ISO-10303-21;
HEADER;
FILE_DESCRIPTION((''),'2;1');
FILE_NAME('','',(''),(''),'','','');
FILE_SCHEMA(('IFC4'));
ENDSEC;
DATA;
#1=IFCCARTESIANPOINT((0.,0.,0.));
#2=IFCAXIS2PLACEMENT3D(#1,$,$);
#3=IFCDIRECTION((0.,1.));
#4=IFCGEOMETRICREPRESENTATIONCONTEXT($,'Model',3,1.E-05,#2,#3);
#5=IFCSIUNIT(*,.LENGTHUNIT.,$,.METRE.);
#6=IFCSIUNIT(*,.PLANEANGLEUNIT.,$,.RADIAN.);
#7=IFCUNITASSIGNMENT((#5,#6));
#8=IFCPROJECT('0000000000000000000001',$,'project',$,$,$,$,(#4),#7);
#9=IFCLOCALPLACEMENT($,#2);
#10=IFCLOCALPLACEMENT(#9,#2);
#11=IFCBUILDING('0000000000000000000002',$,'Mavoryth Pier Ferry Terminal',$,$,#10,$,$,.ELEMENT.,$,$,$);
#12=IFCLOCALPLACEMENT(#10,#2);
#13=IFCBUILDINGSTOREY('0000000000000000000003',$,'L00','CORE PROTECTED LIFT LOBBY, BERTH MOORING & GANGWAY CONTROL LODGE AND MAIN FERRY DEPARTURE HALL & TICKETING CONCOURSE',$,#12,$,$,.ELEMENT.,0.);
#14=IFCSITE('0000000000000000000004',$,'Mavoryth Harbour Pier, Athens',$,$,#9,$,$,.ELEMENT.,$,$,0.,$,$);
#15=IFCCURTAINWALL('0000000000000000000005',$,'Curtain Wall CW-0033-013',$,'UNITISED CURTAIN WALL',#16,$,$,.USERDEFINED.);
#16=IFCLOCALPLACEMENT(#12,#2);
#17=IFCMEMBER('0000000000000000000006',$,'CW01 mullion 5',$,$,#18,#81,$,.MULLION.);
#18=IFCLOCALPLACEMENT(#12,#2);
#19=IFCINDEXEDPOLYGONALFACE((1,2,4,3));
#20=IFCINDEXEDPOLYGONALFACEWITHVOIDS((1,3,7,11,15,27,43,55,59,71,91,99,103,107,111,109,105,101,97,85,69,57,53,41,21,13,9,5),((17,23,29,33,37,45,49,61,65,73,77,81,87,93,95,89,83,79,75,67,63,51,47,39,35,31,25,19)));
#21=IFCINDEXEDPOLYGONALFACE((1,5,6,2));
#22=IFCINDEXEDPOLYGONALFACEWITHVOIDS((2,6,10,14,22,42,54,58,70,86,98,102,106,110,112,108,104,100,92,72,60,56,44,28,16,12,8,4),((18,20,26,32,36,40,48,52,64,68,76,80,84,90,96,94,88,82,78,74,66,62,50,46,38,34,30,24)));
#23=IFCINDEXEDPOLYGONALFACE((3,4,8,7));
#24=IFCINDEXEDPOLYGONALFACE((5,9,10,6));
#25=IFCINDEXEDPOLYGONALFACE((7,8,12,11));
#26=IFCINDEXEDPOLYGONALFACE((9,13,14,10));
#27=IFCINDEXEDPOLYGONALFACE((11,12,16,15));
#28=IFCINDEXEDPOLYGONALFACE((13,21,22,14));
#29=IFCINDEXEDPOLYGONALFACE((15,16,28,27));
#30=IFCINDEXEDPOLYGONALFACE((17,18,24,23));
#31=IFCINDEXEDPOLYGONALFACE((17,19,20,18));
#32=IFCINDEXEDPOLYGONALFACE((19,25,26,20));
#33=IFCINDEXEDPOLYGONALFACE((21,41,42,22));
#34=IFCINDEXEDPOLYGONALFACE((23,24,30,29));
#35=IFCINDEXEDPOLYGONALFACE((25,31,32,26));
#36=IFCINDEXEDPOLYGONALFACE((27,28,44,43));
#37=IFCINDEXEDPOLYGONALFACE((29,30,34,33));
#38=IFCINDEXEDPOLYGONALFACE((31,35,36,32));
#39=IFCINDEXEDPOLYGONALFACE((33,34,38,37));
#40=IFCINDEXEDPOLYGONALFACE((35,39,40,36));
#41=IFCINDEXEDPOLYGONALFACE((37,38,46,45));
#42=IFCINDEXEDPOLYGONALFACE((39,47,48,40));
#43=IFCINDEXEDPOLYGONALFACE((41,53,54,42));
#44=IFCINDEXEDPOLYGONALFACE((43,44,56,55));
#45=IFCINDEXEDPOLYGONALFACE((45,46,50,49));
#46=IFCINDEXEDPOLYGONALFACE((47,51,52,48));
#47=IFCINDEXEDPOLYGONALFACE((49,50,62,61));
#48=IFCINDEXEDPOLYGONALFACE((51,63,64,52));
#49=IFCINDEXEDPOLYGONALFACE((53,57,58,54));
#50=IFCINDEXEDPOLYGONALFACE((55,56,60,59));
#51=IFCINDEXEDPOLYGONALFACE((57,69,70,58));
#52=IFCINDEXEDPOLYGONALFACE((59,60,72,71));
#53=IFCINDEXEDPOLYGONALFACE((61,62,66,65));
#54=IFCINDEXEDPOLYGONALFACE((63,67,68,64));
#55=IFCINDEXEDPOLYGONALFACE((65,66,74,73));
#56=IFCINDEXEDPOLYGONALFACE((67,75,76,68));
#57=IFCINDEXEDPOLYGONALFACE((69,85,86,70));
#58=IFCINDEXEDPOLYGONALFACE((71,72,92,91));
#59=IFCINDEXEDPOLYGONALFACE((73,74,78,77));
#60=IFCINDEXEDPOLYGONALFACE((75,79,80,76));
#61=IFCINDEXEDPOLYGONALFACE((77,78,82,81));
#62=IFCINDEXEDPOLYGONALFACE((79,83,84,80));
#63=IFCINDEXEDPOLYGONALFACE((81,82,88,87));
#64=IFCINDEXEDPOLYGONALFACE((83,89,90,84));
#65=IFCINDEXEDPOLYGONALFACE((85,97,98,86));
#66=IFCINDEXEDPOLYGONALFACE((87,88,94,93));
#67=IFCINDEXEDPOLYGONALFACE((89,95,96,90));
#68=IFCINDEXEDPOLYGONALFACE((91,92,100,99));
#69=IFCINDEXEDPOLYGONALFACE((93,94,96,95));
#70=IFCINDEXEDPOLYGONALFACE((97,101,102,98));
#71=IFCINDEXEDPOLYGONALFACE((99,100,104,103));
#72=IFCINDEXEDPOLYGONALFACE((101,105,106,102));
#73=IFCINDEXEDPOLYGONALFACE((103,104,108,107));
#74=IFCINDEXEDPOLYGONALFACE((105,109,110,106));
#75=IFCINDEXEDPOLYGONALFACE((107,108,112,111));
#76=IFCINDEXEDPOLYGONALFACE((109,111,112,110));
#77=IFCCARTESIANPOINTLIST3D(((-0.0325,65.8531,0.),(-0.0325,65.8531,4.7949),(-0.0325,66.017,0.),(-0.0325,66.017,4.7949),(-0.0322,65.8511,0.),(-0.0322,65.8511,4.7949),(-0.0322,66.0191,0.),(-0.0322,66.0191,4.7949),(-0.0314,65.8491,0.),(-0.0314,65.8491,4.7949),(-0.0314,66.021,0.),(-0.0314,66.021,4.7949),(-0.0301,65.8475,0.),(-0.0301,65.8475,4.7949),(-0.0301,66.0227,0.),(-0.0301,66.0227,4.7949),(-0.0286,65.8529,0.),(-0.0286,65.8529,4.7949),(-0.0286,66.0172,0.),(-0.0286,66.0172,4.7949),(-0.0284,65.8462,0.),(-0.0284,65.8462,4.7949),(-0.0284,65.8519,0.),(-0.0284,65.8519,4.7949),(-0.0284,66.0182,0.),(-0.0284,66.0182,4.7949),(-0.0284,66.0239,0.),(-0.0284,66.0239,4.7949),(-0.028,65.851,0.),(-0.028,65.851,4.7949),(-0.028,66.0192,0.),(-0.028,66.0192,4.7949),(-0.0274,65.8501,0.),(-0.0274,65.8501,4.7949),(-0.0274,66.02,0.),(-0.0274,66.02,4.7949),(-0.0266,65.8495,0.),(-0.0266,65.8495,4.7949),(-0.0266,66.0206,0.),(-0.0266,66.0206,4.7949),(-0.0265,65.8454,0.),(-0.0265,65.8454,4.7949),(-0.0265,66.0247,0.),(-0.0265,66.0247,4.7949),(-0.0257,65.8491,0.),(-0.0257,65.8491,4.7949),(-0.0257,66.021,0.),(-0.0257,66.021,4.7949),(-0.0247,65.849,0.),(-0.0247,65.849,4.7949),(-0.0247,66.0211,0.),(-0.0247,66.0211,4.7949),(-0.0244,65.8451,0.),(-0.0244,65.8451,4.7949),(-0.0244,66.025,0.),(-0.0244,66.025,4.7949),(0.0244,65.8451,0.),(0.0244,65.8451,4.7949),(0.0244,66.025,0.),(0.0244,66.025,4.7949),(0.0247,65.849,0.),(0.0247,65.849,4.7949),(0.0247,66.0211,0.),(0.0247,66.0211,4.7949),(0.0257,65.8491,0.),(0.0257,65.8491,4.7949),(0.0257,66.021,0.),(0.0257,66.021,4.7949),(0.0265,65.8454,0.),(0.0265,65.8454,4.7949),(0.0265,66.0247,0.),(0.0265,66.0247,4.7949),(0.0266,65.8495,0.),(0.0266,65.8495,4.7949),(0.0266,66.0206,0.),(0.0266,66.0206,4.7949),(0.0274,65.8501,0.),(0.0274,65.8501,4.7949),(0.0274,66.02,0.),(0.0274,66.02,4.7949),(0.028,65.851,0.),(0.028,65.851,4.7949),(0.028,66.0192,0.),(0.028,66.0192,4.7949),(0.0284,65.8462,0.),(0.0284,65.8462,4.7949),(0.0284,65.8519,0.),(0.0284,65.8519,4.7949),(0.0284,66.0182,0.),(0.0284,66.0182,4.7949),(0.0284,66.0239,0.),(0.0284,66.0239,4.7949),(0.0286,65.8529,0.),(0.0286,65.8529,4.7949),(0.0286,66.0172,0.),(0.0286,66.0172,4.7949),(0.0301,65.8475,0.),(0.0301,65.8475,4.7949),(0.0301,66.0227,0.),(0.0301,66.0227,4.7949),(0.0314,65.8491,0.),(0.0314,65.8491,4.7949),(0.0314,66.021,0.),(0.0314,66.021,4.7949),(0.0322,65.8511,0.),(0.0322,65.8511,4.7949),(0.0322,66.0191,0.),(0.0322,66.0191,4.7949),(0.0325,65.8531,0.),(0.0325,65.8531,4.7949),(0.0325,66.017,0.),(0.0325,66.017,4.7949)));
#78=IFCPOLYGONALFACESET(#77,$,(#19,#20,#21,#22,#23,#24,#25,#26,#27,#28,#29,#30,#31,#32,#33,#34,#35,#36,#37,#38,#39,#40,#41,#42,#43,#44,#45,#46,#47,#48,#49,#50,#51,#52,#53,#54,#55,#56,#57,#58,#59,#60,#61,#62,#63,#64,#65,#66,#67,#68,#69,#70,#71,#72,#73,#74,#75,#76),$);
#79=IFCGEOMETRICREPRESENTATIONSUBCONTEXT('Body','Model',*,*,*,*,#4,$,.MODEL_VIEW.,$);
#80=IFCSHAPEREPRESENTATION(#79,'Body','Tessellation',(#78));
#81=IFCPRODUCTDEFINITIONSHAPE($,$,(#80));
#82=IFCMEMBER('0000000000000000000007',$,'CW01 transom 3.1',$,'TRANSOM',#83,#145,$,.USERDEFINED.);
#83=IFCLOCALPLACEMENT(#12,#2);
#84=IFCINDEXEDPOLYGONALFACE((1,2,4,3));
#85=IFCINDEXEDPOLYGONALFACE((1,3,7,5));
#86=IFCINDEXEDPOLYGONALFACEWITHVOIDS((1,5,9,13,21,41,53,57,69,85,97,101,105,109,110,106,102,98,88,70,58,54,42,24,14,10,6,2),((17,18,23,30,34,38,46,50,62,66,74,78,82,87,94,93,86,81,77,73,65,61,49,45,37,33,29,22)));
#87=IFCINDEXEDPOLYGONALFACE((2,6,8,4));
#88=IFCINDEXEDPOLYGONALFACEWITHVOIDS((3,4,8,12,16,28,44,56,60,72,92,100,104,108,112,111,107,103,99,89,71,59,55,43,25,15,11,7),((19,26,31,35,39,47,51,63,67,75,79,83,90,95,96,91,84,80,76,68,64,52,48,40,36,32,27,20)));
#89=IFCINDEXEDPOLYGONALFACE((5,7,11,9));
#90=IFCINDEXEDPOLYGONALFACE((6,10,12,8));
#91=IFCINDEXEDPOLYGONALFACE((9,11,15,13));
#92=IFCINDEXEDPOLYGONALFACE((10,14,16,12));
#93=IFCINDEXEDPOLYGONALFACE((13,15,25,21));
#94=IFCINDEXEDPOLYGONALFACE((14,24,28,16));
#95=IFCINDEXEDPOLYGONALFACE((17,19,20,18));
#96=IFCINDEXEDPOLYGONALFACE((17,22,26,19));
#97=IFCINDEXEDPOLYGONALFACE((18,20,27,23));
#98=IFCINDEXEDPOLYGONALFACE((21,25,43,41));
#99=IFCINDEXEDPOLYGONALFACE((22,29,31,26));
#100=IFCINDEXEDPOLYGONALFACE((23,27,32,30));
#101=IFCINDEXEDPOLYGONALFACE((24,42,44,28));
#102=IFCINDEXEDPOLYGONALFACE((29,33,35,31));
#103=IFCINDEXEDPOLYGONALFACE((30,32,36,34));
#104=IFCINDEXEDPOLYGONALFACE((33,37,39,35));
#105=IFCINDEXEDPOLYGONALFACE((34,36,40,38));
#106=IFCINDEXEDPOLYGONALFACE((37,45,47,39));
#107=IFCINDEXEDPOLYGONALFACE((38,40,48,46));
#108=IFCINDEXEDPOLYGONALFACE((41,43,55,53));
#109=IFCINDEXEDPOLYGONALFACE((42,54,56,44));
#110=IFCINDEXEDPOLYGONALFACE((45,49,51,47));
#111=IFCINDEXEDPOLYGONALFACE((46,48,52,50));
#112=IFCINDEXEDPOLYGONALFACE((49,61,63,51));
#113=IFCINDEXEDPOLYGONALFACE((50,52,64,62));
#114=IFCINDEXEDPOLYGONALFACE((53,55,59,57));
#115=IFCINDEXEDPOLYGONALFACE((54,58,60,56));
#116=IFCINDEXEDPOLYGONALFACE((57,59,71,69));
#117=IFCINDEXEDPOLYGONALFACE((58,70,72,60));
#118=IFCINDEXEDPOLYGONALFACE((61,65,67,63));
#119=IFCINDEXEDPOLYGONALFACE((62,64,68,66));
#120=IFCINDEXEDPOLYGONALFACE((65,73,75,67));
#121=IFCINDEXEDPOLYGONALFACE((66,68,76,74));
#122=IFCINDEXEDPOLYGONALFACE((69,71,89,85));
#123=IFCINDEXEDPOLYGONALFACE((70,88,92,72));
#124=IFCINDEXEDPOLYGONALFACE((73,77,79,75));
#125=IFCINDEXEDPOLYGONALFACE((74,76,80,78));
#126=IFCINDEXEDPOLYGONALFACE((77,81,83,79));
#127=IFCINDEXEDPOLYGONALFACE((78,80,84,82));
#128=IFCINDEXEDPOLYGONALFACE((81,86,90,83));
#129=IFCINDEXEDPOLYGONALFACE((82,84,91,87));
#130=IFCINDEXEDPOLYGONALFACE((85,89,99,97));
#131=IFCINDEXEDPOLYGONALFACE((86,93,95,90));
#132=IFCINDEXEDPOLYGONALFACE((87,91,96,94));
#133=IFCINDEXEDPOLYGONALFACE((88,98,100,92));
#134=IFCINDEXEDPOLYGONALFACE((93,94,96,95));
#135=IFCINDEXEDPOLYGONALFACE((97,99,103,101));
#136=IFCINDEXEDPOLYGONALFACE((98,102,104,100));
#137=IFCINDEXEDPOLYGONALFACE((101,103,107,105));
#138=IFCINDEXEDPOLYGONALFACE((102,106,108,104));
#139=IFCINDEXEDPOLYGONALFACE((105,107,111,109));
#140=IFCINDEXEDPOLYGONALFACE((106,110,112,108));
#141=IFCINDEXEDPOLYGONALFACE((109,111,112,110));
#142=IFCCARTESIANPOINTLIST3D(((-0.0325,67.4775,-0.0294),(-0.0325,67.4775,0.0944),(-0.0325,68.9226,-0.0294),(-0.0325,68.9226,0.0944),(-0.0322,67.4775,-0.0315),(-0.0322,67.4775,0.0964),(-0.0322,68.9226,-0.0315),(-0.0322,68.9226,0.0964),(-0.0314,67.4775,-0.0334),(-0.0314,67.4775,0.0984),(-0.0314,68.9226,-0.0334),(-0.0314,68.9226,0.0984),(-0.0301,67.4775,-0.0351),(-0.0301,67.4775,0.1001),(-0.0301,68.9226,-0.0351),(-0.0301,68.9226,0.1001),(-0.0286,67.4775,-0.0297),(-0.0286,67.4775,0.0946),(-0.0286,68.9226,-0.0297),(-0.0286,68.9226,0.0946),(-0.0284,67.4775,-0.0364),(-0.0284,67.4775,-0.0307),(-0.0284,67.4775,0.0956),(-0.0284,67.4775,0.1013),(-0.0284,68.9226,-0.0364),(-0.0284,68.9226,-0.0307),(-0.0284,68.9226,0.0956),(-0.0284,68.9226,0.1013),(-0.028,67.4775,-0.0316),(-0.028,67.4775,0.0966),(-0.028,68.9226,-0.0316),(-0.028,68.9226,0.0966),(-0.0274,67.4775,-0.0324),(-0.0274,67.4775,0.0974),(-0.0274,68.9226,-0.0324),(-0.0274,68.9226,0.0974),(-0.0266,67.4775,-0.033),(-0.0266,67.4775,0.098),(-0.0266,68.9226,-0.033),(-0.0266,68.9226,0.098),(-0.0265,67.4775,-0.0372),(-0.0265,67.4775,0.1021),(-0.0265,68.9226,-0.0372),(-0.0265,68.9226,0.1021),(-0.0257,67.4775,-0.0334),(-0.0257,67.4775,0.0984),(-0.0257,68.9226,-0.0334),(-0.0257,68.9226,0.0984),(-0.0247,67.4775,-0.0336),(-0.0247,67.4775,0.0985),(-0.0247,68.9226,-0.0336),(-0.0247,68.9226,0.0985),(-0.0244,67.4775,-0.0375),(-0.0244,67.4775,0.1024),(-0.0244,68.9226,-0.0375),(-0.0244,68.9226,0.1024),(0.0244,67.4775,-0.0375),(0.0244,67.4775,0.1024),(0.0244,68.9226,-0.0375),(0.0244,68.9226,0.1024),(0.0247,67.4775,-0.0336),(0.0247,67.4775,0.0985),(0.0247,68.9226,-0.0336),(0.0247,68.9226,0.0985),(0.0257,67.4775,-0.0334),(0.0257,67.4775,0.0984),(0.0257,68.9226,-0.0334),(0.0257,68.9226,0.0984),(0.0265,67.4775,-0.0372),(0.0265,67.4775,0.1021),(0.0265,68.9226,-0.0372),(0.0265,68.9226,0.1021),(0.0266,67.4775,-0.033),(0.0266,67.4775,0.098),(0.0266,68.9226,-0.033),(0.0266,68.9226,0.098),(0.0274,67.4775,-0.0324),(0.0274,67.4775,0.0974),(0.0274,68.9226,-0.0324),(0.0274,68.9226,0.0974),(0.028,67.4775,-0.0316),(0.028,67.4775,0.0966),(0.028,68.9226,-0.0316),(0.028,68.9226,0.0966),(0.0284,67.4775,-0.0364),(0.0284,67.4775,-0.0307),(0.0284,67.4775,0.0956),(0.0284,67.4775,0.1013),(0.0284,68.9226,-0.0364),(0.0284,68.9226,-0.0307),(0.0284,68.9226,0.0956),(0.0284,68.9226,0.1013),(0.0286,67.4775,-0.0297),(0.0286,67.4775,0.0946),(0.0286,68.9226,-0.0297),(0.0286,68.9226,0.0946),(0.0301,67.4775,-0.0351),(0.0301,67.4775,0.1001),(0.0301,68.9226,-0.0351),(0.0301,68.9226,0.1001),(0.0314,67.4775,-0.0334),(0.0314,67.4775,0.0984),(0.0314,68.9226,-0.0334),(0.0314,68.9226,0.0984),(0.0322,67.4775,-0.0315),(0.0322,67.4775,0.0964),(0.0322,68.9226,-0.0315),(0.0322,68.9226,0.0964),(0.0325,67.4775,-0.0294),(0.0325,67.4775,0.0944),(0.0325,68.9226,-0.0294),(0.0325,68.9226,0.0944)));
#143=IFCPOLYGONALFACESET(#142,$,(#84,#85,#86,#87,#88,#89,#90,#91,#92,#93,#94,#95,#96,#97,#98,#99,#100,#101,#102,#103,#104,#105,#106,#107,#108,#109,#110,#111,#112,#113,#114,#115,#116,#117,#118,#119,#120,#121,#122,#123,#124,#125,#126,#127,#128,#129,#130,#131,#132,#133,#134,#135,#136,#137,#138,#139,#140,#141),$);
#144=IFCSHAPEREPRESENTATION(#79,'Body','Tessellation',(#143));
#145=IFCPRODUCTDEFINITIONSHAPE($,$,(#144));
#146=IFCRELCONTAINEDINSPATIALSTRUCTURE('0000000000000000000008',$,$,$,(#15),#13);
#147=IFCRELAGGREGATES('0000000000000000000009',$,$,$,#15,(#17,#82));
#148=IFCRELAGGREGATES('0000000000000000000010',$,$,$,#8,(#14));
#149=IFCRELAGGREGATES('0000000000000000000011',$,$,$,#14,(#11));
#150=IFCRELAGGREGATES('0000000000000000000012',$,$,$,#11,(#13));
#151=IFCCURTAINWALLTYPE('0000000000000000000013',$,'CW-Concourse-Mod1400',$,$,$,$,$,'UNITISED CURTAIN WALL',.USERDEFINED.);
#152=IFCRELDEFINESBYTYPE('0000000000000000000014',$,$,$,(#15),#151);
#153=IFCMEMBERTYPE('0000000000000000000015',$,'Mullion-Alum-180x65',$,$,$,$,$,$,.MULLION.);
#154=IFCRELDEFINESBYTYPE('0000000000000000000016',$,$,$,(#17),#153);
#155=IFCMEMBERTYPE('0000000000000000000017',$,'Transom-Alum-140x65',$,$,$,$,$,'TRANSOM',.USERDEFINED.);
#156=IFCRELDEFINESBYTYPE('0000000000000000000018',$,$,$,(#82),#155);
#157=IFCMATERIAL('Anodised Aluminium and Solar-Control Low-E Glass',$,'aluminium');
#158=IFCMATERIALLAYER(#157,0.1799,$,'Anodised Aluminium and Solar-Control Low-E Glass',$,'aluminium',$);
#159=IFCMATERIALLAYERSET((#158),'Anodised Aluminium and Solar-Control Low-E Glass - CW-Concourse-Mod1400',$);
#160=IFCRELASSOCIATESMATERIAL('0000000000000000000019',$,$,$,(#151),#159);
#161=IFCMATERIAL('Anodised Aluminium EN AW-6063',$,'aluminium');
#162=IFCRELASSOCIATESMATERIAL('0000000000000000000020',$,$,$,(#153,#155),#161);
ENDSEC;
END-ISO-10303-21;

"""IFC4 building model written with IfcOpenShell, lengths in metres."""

from ifc_helpers import new_model, si_unit, direction, frame, origin, origin_2d, place, context, subcontext, project, spatial, hollow_rectangle, extrude, material, layer, layer_set, material_profile, profile_set, type_object, element, aggregate, save


model = new_model("IFC4")

# Units and contexts
model_context = context("Model", 3, precision=1e-05, world=origin(), true_north=direction((0.0, 1.0)))
body_context = subcontext(model_context, "Body", "Model", "MODEL_VIEW")
ifc_project = project(units=[si_unit("LENGTHUNIT", "METRE"), si_unit("PLANEANGLEUNIT", "RADIAN")], contexts=[model_context])

# Site, building, storey
site_placement = place(None, origin())
site = spatial("IfcSite", under=ifc_project, at=site_placement, Name="Mavoryth Harbour Pier, Athens", CompositionType="ELEMENT", RefElevation=0.0)
building_placement = place(site_placement, origin())
building = spatial("IfcBuilding", under=site, at=building_placement, Name="Mavoryth Pier Ferry Terminal", CompositionType="ELEMENT")
storey_placement = place(building_placement, origin())
storey = spatial("IfcBuildingStorey", under=building, at=storey_placement, Name="L00", Description="CORE PROTECTED LIFT LOBBY, BERTH MOORING & GANGWAY CONTROL LODGE AND MAIN FERRY DEPARTURE HALL & TICKETING CONCOURSE", CompositionType="ELEMENT", Elevation=0.0)

# Curtain wall, members
ifc_material_1 = material(Name="Anodised Aluminium and Solar-Control Low-E Glass", Category="aluminium")
ifc_layer_1 = layer(ifc_material_1, 0.1799, Name="Anodised Aluminium and Solar-Control Low-E Glass", Category="aluminium")
ifc_layer_set_1 = layer_set([ifc_layer_1], Name="Anodised Aluminium and Solar-Control Low-E Glass - CW-Concourse-Mod1400")
curtain_wall_type = type_object("IfcCurtainWallType", Name="CW-Concourse-Mod1400", ElementType="UNITISED CURTAIN WALL", PredefinedType="USERDEFINED", material=ifc_layer_set_1)
curtain_wall_placement = place(storey_placement, origin())
curtain_wall = element("IfcCurtainWall", 1, at=curtain_wall_placement, inside=storey, type_object=curtain_wall_type, Name="Curtain Wall CW-0033-013", ObjectType="UNITISED CURTAIN WALL", PredefinedType="USERDEFINED")
ifc_material_2 = material(Name="Anodised Aluminium EN AW-6063", Category="aluminium")
ifc_material_profile_1 = material_profile(ifc_material_2, hollow_rectangle(XDim=0.0649, YDim=0.1799, WallThickness=0.0039, InnerFilletRadius=0.0039, OuterFilletRadius=0.0081, at=origin_2d()), Name="AL-MULL 180x65x4", Category="aluminium")
ifc_profile_set_1 = profile_set([ifc_material_profile_1], Name="Anodised Aluminium EN AW-6063 - AL-MULL 180x65x4")
member_type_1 = type_object("IfcMemberType", Name="Mullion-Alum-180x65", PredefinedType="MULLION", material=ifc_profile_set_1)
member_1_placement = place(storey_placement, frame((0.0, 65.9351, 0.0), z_axis=(0.0, 0.0, 1.0), x_axis=(1.0, 0.0, 0.0)))
member_1 = element("IfcMember", 2, at=member_1_placement, type_object=member_type_1, Name="CW01 mullion 5", PredefinedType="MULLION", context=body_context, shape_type="SweptSolid", body=[
    extrude(hollow_rectangle(XDim=0.0649, YDim=0.1799, WallThickness=0.0039, InnerFilletRadius=0.0039, OuterFilletRadius=0.0081, at=origin_2d()), origin(), (0.0, 0.0, 1.0), 4.7949),
])
ifc_material_profile_2 = material_profile(ifc_material_2, hollow_rectangle(XDim=0.0649, YDim=0.1399, WallThickness=0.0039, InnerFilletRadius=0.0039, OuterFilletRadius=0.0081, at=origin_2d()), Name="AL-TRAN 140x65x4", Category="aluminium")
ifc_profile_set_2 = profile_set([ifc_material_profile_2], Name="Anodised Aluminium EN AW-6063 - AL-TRAN 140x65x4")
member_type_2 = type_object("IfcMemberType", Name="Transom-Alum-140x65", ElementType="TRANSOM", PredefinedType="USERDEFINED", material=ifc_profile_set_2)
member_2_placement = place(storey_placement, frame((0.0, 68.9226, 0.0325), z_axis=(0.0, -1.0, 0.0), x_axis=(1.0, 0.0, 0.0)))
member_2 = element("IfcMember", 3, at=member_2_placement, type_object=member_type_2, Name="CW01 transom 3.1", ObjectType="TRANSOM", PredefinedType="USERDEFINED", context=body_context, shape_type="SweptSolid", body=[
    extrude(hollow_rectangle(XDim=0.0649, YDim=0.1399, WallThickness=0.0039, InnerFilletRadius=0.0039, OuterFilletRadius=0.0081, at=origin_2d()), origin(), (0.0, 0.0, 1.0), 1.4451),
])
aggregate(curtain_wall, [member_1, member_2])

save(model, "model.ifc")
